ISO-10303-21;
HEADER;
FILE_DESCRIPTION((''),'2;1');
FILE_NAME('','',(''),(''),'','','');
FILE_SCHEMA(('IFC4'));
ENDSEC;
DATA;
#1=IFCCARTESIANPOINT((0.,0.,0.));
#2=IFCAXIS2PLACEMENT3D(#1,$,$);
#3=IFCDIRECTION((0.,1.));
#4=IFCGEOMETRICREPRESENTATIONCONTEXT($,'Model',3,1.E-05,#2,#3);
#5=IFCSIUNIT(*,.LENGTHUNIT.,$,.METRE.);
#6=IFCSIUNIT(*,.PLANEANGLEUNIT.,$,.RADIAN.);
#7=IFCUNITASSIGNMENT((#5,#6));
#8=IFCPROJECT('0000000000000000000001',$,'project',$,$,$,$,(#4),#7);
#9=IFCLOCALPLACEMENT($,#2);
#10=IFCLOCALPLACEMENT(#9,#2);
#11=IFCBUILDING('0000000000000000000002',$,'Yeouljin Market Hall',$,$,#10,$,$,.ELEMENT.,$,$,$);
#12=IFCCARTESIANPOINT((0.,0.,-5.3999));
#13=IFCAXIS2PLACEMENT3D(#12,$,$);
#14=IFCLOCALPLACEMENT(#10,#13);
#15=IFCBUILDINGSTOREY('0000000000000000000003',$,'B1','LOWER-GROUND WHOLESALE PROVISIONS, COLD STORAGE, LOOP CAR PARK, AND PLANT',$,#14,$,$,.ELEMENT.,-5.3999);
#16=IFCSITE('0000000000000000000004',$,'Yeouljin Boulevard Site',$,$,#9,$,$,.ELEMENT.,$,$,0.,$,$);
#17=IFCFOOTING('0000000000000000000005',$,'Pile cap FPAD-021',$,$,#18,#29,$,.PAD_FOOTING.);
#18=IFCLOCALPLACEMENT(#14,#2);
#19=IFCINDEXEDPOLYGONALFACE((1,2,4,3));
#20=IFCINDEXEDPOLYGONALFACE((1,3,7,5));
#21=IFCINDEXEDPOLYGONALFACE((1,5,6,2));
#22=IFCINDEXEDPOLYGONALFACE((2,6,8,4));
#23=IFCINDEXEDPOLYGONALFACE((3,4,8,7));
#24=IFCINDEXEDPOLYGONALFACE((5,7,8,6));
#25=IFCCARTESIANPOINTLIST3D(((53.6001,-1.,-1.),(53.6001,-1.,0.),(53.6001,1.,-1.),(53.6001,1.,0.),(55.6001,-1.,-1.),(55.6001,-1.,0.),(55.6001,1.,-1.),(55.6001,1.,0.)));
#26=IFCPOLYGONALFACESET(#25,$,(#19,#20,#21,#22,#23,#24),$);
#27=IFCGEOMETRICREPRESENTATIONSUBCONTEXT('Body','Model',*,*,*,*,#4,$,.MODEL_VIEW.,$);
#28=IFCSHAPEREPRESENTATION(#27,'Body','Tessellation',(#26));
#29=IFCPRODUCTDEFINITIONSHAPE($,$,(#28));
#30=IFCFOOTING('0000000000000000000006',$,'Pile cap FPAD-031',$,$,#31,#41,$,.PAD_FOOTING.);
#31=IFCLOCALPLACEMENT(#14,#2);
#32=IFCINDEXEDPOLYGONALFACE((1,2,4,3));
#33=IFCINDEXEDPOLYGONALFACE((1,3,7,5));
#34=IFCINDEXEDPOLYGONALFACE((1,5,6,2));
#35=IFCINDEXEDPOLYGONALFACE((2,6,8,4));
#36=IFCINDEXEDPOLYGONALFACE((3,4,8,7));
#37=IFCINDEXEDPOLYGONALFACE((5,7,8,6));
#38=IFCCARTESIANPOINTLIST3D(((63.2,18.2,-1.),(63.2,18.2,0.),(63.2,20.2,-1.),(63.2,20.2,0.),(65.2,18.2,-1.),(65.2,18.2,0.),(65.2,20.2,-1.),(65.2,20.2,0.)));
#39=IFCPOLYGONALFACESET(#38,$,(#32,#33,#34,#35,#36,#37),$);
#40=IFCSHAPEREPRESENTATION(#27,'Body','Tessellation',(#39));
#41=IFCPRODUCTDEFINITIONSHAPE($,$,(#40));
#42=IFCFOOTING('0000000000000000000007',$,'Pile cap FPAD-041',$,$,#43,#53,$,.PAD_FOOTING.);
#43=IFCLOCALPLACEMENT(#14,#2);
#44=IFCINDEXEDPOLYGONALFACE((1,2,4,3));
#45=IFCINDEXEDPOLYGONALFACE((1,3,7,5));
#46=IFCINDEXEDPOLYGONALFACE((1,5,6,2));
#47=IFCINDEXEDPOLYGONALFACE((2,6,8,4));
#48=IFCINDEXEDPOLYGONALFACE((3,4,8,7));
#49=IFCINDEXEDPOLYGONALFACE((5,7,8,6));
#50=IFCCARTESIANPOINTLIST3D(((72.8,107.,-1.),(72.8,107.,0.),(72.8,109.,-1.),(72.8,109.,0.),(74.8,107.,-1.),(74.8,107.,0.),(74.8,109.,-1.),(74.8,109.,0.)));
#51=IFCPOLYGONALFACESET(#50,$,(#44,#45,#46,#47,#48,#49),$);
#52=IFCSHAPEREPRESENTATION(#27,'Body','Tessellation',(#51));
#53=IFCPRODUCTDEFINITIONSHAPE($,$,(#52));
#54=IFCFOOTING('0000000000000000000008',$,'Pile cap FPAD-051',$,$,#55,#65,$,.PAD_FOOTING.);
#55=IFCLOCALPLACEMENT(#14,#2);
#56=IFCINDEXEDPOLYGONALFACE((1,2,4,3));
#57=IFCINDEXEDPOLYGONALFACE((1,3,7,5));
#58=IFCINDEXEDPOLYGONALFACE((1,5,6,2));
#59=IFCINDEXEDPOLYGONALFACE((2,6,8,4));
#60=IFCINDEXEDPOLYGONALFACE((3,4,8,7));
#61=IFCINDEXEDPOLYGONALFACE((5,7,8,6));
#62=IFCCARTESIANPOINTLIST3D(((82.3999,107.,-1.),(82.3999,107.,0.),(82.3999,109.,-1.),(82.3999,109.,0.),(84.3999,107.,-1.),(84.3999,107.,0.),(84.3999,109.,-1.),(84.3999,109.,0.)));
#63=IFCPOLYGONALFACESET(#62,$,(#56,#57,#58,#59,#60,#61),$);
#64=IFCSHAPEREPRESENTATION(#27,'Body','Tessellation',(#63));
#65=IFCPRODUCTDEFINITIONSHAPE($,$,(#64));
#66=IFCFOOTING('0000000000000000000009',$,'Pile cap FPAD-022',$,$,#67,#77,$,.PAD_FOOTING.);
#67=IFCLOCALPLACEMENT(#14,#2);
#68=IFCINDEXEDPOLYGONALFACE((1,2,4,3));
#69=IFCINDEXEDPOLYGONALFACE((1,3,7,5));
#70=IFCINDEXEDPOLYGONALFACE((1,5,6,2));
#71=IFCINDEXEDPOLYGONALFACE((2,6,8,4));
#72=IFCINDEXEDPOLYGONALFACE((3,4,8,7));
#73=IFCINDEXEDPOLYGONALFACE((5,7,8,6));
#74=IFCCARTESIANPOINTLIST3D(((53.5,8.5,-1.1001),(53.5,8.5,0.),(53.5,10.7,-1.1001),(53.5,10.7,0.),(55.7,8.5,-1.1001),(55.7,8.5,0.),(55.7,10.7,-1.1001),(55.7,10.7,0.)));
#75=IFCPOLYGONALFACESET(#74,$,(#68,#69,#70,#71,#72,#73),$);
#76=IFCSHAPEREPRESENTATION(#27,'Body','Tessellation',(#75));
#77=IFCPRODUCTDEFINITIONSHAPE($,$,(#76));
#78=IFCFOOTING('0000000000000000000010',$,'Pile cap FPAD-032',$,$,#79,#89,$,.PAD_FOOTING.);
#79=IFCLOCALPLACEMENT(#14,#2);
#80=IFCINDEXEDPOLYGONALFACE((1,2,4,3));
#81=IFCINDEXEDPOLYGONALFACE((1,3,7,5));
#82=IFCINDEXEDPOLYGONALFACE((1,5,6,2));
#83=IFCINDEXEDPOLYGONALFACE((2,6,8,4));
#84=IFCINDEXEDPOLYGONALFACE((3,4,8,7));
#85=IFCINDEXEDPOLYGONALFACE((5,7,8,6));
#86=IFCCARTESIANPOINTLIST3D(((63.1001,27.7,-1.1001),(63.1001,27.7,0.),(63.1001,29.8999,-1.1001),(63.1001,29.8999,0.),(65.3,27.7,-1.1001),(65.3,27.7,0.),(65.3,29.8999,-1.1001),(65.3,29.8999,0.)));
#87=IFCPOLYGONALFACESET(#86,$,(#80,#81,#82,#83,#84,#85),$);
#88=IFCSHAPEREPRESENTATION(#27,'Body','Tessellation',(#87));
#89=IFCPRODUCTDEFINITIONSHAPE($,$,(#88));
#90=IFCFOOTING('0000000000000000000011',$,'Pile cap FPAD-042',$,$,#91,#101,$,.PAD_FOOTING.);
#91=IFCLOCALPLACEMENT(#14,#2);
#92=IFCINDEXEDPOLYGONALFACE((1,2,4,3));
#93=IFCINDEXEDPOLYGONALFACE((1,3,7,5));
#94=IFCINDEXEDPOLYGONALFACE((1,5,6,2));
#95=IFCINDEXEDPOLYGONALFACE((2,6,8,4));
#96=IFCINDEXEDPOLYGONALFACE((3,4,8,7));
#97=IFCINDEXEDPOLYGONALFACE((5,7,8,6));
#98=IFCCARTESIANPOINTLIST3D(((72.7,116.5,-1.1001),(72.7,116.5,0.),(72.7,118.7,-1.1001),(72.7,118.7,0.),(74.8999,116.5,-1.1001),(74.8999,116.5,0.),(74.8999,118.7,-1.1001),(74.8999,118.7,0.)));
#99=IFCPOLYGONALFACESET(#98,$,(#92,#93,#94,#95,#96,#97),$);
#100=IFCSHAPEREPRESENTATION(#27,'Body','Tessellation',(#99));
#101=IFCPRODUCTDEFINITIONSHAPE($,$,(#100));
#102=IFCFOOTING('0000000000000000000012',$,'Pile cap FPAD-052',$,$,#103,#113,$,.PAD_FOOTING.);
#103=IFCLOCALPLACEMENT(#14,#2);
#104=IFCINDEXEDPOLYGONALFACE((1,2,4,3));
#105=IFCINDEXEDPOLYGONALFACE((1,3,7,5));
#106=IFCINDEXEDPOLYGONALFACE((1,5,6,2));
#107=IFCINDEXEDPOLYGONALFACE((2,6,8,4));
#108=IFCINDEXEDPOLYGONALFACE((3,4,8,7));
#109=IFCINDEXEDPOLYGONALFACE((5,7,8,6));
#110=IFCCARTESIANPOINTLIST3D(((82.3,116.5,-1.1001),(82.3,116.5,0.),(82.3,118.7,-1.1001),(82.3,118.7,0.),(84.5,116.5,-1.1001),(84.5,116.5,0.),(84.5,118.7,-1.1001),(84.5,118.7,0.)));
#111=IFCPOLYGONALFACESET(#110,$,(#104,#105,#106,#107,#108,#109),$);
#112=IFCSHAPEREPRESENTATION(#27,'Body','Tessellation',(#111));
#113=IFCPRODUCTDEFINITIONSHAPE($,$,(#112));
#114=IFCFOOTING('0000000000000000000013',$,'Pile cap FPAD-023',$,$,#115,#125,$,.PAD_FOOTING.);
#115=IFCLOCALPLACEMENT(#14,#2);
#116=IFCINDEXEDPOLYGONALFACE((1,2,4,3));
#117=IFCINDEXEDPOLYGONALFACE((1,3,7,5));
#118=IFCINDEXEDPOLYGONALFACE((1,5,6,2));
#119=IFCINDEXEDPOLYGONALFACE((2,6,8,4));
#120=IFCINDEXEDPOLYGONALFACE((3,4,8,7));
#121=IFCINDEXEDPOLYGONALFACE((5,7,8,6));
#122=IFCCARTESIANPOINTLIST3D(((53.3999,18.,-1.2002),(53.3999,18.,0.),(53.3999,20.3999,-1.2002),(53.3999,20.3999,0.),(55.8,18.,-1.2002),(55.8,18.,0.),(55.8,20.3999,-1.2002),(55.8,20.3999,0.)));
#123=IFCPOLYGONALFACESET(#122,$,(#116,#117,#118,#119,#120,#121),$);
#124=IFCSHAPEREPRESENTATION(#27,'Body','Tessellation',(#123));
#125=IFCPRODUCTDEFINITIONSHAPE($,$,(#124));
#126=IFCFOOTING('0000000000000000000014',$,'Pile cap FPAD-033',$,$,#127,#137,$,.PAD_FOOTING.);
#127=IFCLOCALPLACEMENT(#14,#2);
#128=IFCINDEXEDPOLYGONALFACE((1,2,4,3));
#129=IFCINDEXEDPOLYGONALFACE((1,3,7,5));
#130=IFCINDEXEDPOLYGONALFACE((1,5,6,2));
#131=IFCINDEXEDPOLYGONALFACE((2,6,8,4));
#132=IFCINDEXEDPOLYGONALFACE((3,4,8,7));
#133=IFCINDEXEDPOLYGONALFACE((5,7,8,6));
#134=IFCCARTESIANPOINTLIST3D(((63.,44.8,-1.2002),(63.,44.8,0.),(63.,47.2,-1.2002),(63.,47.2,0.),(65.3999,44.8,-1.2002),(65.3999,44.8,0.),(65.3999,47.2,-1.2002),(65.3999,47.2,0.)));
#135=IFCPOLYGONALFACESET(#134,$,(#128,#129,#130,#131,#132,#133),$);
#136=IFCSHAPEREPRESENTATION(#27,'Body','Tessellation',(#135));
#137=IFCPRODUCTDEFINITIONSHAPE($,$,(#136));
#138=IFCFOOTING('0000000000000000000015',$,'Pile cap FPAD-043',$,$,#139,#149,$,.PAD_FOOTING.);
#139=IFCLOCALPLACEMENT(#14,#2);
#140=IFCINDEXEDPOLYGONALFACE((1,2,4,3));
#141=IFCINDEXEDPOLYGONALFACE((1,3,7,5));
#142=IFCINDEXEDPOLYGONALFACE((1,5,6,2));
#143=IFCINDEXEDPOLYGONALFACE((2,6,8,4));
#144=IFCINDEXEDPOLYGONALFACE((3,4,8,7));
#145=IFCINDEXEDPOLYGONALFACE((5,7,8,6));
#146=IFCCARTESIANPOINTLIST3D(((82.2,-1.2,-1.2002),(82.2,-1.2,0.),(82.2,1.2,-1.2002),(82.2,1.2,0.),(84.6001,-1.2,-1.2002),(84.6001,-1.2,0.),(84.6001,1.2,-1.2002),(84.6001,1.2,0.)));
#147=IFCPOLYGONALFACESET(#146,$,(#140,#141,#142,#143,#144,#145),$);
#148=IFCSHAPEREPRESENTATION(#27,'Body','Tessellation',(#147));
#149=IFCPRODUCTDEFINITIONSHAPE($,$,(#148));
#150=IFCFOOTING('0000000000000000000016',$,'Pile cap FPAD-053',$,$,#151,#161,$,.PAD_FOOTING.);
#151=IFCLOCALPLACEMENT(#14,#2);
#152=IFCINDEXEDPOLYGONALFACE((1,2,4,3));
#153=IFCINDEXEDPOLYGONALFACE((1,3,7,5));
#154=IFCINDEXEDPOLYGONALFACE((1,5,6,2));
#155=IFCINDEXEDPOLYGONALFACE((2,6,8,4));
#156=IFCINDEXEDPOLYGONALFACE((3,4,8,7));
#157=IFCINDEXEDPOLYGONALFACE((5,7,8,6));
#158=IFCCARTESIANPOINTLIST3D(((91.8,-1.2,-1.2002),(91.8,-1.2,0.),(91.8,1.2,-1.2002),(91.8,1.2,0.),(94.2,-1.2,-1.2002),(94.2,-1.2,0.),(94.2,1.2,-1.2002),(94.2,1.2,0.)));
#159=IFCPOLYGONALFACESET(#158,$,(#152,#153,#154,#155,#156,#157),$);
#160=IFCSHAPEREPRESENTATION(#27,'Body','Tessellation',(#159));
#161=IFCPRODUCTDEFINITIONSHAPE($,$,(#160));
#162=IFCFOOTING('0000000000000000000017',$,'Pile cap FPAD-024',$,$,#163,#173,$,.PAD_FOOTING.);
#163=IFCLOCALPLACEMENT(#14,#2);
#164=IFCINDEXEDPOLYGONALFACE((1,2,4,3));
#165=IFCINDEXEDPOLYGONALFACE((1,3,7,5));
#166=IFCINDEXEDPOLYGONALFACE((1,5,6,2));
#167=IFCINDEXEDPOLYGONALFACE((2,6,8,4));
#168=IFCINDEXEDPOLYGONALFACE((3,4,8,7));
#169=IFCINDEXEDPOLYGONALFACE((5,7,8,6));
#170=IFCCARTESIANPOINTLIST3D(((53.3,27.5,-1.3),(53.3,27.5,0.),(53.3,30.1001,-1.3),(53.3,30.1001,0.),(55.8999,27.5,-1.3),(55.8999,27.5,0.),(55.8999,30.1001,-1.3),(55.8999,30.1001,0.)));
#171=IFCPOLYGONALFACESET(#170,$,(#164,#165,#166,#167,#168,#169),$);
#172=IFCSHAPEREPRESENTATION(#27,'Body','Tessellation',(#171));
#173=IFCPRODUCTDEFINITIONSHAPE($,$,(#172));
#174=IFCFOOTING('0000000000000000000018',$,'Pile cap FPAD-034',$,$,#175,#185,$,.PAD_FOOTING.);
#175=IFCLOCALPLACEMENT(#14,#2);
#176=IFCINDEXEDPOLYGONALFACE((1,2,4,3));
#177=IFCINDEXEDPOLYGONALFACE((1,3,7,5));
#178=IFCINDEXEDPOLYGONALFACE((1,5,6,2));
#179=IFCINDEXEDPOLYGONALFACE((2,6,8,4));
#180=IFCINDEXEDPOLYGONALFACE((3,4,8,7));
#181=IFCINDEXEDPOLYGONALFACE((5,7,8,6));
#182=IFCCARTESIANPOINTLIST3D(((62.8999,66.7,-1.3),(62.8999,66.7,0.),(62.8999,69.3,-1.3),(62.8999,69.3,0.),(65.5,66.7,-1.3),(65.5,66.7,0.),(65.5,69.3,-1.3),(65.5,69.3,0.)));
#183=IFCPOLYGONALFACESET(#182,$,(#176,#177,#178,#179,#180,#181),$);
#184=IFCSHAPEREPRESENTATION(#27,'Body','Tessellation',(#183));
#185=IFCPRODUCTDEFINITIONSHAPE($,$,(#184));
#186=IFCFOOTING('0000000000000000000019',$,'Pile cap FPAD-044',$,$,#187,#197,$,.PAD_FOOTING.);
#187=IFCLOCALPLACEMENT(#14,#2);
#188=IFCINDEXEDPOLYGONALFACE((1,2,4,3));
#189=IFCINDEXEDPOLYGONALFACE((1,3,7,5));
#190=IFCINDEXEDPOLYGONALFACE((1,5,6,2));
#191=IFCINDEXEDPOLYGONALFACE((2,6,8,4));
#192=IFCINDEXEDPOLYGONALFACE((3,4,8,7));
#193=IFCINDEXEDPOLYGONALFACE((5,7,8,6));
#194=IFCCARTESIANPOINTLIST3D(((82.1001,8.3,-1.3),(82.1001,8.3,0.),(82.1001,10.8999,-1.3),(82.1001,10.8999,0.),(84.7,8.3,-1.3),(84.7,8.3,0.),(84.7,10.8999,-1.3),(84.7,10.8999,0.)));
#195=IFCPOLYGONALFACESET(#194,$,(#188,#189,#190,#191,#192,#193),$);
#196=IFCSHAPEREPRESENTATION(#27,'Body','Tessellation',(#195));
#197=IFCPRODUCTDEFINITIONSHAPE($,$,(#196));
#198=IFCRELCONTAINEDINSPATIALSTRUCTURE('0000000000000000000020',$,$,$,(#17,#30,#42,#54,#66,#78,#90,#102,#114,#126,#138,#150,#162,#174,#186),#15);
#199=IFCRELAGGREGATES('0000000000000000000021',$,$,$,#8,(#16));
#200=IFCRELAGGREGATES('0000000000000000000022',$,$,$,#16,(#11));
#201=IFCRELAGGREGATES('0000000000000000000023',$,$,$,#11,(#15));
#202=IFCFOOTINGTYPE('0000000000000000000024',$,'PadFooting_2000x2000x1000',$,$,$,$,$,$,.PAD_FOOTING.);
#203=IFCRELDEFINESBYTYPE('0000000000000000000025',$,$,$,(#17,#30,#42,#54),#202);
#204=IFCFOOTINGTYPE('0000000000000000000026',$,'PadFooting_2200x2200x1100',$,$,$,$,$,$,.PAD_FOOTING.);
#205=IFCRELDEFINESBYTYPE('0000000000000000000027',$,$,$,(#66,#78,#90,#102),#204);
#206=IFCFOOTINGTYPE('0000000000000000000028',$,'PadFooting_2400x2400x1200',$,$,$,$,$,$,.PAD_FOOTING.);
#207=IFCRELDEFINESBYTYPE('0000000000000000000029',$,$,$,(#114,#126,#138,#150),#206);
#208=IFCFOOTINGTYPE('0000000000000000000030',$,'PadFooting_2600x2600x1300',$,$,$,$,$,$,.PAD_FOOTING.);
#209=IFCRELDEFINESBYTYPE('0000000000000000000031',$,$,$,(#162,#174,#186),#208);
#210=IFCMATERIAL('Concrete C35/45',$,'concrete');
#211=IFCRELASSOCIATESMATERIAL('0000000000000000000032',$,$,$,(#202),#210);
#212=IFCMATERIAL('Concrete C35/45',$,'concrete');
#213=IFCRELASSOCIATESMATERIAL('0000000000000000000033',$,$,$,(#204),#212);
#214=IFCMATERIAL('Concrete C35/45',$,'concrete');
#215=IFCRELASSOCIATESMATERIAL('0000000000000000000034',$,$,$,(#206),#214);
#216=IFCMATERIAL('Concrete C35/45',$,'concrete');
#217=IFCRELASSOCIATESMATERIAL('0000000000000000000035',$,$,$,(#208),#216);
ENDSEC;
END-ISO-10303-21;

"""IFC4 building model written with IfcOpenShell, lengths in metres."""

from ifc_helpers import new_model, si_unit, direction, frame, origin, place, context, subcontext, project, spatial, polyline, outline, extrude, material, type_object, element, save


model = new_model("IFC4")

# Units and contexts
model_context = context("Model", 3, precision=1e-05, world=origin(), true_north=direction((0.0, 1.0)))
body_context = subcontext(model_context, "Body", "Model", "MODEL_VIEW")
ifc_project = project(units=[si_unit("LENGTHUNIT", "METRE"), si_unit("PLANEANGLEUNIT", "RADIAN")], contexts=[model_context])

# Site, building, storey
site_placement = place(None, origin())
site = spatial("IfcSite", under=ifc_project, at=site_placement, Name="Yeouljin Boulevard Site", CompositionType="ELEMENT", RefElevation=0.0)
building_placement = place(site_placement, origin())
building = spatial("IfcBuilding", under=site, at=building_placement, Name="Yeouljin Market Hall", CompositionType="ELEMENT")
storey_placement = place(building_placement, frame((0.0, 0.0, -5.3999)))
storey = spatial("IfcBuildingStorey", under=building, at=storey_placement, Name="B1", Description="LOWER-GROUND WHOLESALE PROVISIONS, COLD STORAGE, LOOP CAR PARK, AND PLANT", CompositionType="ELEMENT", Elevation=-5.3999)

# Footings
ifc_material_1 = material(Name="Concrete C35/45", Category="concrete")
footing_type_1 = type_object("IfcFootingType", Name="PadFooting_2000x2000x1000", PredefinedType="PAD_FOOTING", material=ifc_material_1)
footing_1_placement = place(storey_placement, frame((0.0, 0.0, -1.0)))
element("IfcFooting", 1, at=footing_1_placement, inside=storey, type_object=footing_type_1, Name="Pile cap FPAD-021", PredefinedType="PAD_FOOTING", context=body_context, shape_type="SweptSolid", body=[
    extrude(outline(polyline([(53.6001, -1.0), (55.6001, -1.0), (55.6001, 1.0), (53.6001, 1.0), (53.6001, -1.0)])), origin(), (0.0, 0.0, 1.0), 1.0),
])
footing_2_placement = place(storey_placement, frame((0.0, 0.0, -1.0)))
element("IfcFooting", 2, at=footing_2_placement, inside=storey, type_object=footing_type_1, Name="Pile cap FPAD-031", PredefinedType="PAD_FOOTING", context=body_context, shape_type="SweptSolid", body=[
    extrude(outline(polyline([(63.2, 18.2), (65.2, 18.2), (65.2, 20.2), (63.2, 20.2), (63.2, 18.2)])), origin(), (0.0, 0.0, 1.0), 1.0),
])
footing_3_placement = place(storey_placement, frame((0.0, 0.0, -1.0)))
element("IfcFooting", 3, at=footing_3_placement, inside=storey, type_object=footing_type_1, Name="Pile cap FPAD-041", PredefinedType="PAD_FOOTING", context=body_context, shape_type="SweptSolid", body=[
    extrude(outline(polyline([(72.8, 107.0), (74.8, 107.0), (74.8, 109.0), (72.8, 109.0), (72.8, 107.0)])), origin(), (0.0, 0.0, 1.0), 1.0),
])
footing_4_placement = place(storey_placement, frame((0.0, 0.0, -1.0)))
element("IfcFooting", 4, at=footing_4_placement, inside=storey, type_object=footing_type_1, Name="Pile cap FPAD-051", PredefinedType="PAD_FOOTING", context=body_context, shape_type="SweptSolid", body=[
    extrude(outline(polyline([(82.3999, 107.0), (84.3999, 107.0), (84.3999, 109.0), (82.3999, 109.0), (82.3999, 107.0)])), origin(), (0.0, 0.0, 1.0), 1.0),
])
ifc_material_2 = material(Name="Concrete C35/45", Category="concrete")
footing_type_2 = type_object("IfcFootingType", Name="PadFooting_2200x2200x1100", PredefinedType="PAD_FOOTING", material=ifc_material_2)
footing_5_placement = place(storey_placement, frame((0.0, 0.0, -1.1001)))
element("IfcFooting", 5, at=footing_5_placement, inside=storey, type_object=footing_type_2, Name="Pile cap FPAD-022", PredefinedType="PAD_FOOTING", context=body_context, shape_type="SweptSolid", body=[
    extrude(outline(polyline([(53.5, 8.5), (55.7, 8.5), (55.7, 10.7), (53.5, 10.7), (53.5, 8.5)])), origin(), (0.0, 0.0, 1.0), 1.1001),
])
footing_6_placement = place(storey_placement, frame((0.0, 0.0, -1.1001)))
element("IfcFooting", 6, at=footing_6_placement, inside=storey, type_object=footing_type_2, Name="Pile cap FPAD-032", PredefinedType="PAD_FOOTING", context=body_context, shape_type="SweptSolid", body=[
    extrude(outline(polyline([(63.1001, 27.7), (65.3, 27.7), (65.3, 29.8999), (63.1001, 29.8999), (63.1001, 27.7)])), origin(), (0.0, 0.0, 1.0), 1.1001),
])
footing_7_placement = place(storey_placement, frame((0.0, 0.0, -1.1001)))
element("IfcFooting", 7, at=footing_7_placement, inside=storey, type_object=footing_type_2, Name="Pile cap FPAD-042", PredefinedType="PAD_FOOTING", context=body_context, shape_type="SweptSolid", body=[
    extrude(outline(polyline([(72.7, 116.5), (74.8999, 116.5), (74.8999, 118.7), (72.7, 118.7), (72.7, 116.5)])), origin(), (0.0, 0.0, 1.0), 1.1001),
])
footing_8_placement = place(storey_placement, frame((0.0, 0.0, -1.1001)))
element("IfcFooting", 8, at=footing_8_placement, inside=storey, type_object=footing_type_2, Name="Pile cap FPAD-052", PredefinedType="PAD_FOOTING", context=body_context, shape_type="SweptSolid", body=[
    extrude(outline(polyline([(82.3, 116.5), (84.5, 116.5), (84.5, 118.7), (82.3, 118.7), (82.3, 116.5)])), origin(), (0.0, 0.0, 1.0), 1.1001),
])
ifc_material_3 = material(Name="Concrete C35/45", Category="concrete")
footing_type_3 = type_object("IfcFootingType", Name="PadFooting_2400x2400x1200", PredefinedType="PAD_FOOTING", material=ifc_material_3)
footing_9_placement = place(storey_placement, frame((0.0, 0.0, -1.2002)))
element("IfcFooting", 9, at=footing_9_placement, inside=storey, type_object=footing_type_3, Name="Pile cap FPAD-023", PredefinedType="PAD_FOOTING", context=body_context, shape_type="SweptSolid", body=[
    extrude(outline(polyline([(53.3999, 18.0), (55.8, 18.0), (55.8, 20.3999), (53.3999, 20.3999), (53.3999, 18.0)])), origin(), (0.0, 0.0, 1.0), 1.2002),
])
footing_10_placement = place(storey_placement, frame((0.0, 0.0, -1.2002)))
element("IfcFooting", 10, at=footing_10_placement, inside=storey, type_object=footing_type_3, Name="Pile cap FPAD-033", PredefinedType="PAD_FOOTING", context=body_context, shape_type="SweptSolid", body=[
    extrude(outline(polyline([(63.0, 44.8), (65.3999, 44.8), (65.3999, 47.2), (63.0, 47.2), (63.0, 44.8)])), origin(), (0.0, 0.0, 1.0), 1.2002),
])
footing_11_placement = place(storey_placement, frame((0.0, 0.0, -1.2002)))
element("IfcFooting", 11, at=footing_11_placement, inside=storey, type_object=footing_type_3, Name="Pile cap FPAD-043", PredefinedType="PAD_FOOTING", context=body_context, shape_type="SweptSolid", body=[
    extrude(outline(polyline([(82.2, -1.2), (84.6001, -1.2), (84.6001, 1.2), (82.2, 1.2), (82.2, -1.2)])), origin(), (0.0, 0.0, 1.0), 1.2002),
])
footing_12_placement = place(storey_placement, frame((0.0, 0.0, -1.2002)))
element("IfcFooting", 12, at=footing_12_placement, inside=storey, type_object=footing_type_3, Name="Pile cap FPAD-053", PredefinedType="PAD_FOOTING", context=body_context, shape_type="SweptSolid", body=[
    extrude(outline(polyline([(91.8, -1.2), (94.2, -1.2), (94.2, 1.2), (91.8, 1.2), (91.8, -1.2)])), origin(), (0.0, 0.0, 1.0), 1.2002),
])
ifc_material_4 = material(Name="Concrete C35/45", Category="concrete")
footing_type_4 = type_object("IfcFootingType", Name="PadFooting_2600x2600x1300", PredefinedType="PAD_FOOTING", material=ifc_material_4)
footing_13_placement = place(storey_placement, frame((0.0, 0.0, -1.3)))
element("IfcFooting", 13, at=footing_13_placement, inside=storey, type_object=footing_type_4, Name="Pile cap FPAD-024", PredefinedType="PAD_FOOTING", context=body_context, shape_type="SweptSolid", body=[
    extrude(outline(polyline([(53.3, 27.5), (55.8999, 27.5), (55.8999, 30.1001), (53.3, 30.1001), (53.3, 27.5)])), origin(), (0.0, 0.0, 1.0), 1.3),
])
footing_14_placement = place(storey_placement, frame((0.0, 0.0, -1.3)))
element("IfcFooting", 14, at=footing_14_placement, inside=storey, type_object=footing_type_4, Name="Pile cap FPAD-034", PredefinedType="PAD_FOOTING", context=body_context, shape_type="SweptSolid", body=[
    extrude(outline(polyline([(62.8999, 66.7), (65.5, 66.7), (65.5, 69.3), (62.8999, 69.3), (62.8999, 66.7)])), origin(), (0.0, 0.0, 1.0), 1.3),
])
footing_15_placement = place(storey_placement, frame((0.0, 0.0, -1.3)))
element("IfcFooting", 15, at=footing_15_placement, inside=storey, type_object=footing_type_4, Name="Pile cap FPAD-044", PredefinedType="PAD_FOOTING", context=body_context, shape_type="SweptSolid", body=[
    extrude(outline(polyline([(82.1001, 8.3), (84.7, 8.3), (84.7, 10.8999), (82.1001, 10.8999), (82.1001, 8.3)])), origin(), (0.0, 0.0, 1.0), 1.3),
])

save(model, "model.ifc")
